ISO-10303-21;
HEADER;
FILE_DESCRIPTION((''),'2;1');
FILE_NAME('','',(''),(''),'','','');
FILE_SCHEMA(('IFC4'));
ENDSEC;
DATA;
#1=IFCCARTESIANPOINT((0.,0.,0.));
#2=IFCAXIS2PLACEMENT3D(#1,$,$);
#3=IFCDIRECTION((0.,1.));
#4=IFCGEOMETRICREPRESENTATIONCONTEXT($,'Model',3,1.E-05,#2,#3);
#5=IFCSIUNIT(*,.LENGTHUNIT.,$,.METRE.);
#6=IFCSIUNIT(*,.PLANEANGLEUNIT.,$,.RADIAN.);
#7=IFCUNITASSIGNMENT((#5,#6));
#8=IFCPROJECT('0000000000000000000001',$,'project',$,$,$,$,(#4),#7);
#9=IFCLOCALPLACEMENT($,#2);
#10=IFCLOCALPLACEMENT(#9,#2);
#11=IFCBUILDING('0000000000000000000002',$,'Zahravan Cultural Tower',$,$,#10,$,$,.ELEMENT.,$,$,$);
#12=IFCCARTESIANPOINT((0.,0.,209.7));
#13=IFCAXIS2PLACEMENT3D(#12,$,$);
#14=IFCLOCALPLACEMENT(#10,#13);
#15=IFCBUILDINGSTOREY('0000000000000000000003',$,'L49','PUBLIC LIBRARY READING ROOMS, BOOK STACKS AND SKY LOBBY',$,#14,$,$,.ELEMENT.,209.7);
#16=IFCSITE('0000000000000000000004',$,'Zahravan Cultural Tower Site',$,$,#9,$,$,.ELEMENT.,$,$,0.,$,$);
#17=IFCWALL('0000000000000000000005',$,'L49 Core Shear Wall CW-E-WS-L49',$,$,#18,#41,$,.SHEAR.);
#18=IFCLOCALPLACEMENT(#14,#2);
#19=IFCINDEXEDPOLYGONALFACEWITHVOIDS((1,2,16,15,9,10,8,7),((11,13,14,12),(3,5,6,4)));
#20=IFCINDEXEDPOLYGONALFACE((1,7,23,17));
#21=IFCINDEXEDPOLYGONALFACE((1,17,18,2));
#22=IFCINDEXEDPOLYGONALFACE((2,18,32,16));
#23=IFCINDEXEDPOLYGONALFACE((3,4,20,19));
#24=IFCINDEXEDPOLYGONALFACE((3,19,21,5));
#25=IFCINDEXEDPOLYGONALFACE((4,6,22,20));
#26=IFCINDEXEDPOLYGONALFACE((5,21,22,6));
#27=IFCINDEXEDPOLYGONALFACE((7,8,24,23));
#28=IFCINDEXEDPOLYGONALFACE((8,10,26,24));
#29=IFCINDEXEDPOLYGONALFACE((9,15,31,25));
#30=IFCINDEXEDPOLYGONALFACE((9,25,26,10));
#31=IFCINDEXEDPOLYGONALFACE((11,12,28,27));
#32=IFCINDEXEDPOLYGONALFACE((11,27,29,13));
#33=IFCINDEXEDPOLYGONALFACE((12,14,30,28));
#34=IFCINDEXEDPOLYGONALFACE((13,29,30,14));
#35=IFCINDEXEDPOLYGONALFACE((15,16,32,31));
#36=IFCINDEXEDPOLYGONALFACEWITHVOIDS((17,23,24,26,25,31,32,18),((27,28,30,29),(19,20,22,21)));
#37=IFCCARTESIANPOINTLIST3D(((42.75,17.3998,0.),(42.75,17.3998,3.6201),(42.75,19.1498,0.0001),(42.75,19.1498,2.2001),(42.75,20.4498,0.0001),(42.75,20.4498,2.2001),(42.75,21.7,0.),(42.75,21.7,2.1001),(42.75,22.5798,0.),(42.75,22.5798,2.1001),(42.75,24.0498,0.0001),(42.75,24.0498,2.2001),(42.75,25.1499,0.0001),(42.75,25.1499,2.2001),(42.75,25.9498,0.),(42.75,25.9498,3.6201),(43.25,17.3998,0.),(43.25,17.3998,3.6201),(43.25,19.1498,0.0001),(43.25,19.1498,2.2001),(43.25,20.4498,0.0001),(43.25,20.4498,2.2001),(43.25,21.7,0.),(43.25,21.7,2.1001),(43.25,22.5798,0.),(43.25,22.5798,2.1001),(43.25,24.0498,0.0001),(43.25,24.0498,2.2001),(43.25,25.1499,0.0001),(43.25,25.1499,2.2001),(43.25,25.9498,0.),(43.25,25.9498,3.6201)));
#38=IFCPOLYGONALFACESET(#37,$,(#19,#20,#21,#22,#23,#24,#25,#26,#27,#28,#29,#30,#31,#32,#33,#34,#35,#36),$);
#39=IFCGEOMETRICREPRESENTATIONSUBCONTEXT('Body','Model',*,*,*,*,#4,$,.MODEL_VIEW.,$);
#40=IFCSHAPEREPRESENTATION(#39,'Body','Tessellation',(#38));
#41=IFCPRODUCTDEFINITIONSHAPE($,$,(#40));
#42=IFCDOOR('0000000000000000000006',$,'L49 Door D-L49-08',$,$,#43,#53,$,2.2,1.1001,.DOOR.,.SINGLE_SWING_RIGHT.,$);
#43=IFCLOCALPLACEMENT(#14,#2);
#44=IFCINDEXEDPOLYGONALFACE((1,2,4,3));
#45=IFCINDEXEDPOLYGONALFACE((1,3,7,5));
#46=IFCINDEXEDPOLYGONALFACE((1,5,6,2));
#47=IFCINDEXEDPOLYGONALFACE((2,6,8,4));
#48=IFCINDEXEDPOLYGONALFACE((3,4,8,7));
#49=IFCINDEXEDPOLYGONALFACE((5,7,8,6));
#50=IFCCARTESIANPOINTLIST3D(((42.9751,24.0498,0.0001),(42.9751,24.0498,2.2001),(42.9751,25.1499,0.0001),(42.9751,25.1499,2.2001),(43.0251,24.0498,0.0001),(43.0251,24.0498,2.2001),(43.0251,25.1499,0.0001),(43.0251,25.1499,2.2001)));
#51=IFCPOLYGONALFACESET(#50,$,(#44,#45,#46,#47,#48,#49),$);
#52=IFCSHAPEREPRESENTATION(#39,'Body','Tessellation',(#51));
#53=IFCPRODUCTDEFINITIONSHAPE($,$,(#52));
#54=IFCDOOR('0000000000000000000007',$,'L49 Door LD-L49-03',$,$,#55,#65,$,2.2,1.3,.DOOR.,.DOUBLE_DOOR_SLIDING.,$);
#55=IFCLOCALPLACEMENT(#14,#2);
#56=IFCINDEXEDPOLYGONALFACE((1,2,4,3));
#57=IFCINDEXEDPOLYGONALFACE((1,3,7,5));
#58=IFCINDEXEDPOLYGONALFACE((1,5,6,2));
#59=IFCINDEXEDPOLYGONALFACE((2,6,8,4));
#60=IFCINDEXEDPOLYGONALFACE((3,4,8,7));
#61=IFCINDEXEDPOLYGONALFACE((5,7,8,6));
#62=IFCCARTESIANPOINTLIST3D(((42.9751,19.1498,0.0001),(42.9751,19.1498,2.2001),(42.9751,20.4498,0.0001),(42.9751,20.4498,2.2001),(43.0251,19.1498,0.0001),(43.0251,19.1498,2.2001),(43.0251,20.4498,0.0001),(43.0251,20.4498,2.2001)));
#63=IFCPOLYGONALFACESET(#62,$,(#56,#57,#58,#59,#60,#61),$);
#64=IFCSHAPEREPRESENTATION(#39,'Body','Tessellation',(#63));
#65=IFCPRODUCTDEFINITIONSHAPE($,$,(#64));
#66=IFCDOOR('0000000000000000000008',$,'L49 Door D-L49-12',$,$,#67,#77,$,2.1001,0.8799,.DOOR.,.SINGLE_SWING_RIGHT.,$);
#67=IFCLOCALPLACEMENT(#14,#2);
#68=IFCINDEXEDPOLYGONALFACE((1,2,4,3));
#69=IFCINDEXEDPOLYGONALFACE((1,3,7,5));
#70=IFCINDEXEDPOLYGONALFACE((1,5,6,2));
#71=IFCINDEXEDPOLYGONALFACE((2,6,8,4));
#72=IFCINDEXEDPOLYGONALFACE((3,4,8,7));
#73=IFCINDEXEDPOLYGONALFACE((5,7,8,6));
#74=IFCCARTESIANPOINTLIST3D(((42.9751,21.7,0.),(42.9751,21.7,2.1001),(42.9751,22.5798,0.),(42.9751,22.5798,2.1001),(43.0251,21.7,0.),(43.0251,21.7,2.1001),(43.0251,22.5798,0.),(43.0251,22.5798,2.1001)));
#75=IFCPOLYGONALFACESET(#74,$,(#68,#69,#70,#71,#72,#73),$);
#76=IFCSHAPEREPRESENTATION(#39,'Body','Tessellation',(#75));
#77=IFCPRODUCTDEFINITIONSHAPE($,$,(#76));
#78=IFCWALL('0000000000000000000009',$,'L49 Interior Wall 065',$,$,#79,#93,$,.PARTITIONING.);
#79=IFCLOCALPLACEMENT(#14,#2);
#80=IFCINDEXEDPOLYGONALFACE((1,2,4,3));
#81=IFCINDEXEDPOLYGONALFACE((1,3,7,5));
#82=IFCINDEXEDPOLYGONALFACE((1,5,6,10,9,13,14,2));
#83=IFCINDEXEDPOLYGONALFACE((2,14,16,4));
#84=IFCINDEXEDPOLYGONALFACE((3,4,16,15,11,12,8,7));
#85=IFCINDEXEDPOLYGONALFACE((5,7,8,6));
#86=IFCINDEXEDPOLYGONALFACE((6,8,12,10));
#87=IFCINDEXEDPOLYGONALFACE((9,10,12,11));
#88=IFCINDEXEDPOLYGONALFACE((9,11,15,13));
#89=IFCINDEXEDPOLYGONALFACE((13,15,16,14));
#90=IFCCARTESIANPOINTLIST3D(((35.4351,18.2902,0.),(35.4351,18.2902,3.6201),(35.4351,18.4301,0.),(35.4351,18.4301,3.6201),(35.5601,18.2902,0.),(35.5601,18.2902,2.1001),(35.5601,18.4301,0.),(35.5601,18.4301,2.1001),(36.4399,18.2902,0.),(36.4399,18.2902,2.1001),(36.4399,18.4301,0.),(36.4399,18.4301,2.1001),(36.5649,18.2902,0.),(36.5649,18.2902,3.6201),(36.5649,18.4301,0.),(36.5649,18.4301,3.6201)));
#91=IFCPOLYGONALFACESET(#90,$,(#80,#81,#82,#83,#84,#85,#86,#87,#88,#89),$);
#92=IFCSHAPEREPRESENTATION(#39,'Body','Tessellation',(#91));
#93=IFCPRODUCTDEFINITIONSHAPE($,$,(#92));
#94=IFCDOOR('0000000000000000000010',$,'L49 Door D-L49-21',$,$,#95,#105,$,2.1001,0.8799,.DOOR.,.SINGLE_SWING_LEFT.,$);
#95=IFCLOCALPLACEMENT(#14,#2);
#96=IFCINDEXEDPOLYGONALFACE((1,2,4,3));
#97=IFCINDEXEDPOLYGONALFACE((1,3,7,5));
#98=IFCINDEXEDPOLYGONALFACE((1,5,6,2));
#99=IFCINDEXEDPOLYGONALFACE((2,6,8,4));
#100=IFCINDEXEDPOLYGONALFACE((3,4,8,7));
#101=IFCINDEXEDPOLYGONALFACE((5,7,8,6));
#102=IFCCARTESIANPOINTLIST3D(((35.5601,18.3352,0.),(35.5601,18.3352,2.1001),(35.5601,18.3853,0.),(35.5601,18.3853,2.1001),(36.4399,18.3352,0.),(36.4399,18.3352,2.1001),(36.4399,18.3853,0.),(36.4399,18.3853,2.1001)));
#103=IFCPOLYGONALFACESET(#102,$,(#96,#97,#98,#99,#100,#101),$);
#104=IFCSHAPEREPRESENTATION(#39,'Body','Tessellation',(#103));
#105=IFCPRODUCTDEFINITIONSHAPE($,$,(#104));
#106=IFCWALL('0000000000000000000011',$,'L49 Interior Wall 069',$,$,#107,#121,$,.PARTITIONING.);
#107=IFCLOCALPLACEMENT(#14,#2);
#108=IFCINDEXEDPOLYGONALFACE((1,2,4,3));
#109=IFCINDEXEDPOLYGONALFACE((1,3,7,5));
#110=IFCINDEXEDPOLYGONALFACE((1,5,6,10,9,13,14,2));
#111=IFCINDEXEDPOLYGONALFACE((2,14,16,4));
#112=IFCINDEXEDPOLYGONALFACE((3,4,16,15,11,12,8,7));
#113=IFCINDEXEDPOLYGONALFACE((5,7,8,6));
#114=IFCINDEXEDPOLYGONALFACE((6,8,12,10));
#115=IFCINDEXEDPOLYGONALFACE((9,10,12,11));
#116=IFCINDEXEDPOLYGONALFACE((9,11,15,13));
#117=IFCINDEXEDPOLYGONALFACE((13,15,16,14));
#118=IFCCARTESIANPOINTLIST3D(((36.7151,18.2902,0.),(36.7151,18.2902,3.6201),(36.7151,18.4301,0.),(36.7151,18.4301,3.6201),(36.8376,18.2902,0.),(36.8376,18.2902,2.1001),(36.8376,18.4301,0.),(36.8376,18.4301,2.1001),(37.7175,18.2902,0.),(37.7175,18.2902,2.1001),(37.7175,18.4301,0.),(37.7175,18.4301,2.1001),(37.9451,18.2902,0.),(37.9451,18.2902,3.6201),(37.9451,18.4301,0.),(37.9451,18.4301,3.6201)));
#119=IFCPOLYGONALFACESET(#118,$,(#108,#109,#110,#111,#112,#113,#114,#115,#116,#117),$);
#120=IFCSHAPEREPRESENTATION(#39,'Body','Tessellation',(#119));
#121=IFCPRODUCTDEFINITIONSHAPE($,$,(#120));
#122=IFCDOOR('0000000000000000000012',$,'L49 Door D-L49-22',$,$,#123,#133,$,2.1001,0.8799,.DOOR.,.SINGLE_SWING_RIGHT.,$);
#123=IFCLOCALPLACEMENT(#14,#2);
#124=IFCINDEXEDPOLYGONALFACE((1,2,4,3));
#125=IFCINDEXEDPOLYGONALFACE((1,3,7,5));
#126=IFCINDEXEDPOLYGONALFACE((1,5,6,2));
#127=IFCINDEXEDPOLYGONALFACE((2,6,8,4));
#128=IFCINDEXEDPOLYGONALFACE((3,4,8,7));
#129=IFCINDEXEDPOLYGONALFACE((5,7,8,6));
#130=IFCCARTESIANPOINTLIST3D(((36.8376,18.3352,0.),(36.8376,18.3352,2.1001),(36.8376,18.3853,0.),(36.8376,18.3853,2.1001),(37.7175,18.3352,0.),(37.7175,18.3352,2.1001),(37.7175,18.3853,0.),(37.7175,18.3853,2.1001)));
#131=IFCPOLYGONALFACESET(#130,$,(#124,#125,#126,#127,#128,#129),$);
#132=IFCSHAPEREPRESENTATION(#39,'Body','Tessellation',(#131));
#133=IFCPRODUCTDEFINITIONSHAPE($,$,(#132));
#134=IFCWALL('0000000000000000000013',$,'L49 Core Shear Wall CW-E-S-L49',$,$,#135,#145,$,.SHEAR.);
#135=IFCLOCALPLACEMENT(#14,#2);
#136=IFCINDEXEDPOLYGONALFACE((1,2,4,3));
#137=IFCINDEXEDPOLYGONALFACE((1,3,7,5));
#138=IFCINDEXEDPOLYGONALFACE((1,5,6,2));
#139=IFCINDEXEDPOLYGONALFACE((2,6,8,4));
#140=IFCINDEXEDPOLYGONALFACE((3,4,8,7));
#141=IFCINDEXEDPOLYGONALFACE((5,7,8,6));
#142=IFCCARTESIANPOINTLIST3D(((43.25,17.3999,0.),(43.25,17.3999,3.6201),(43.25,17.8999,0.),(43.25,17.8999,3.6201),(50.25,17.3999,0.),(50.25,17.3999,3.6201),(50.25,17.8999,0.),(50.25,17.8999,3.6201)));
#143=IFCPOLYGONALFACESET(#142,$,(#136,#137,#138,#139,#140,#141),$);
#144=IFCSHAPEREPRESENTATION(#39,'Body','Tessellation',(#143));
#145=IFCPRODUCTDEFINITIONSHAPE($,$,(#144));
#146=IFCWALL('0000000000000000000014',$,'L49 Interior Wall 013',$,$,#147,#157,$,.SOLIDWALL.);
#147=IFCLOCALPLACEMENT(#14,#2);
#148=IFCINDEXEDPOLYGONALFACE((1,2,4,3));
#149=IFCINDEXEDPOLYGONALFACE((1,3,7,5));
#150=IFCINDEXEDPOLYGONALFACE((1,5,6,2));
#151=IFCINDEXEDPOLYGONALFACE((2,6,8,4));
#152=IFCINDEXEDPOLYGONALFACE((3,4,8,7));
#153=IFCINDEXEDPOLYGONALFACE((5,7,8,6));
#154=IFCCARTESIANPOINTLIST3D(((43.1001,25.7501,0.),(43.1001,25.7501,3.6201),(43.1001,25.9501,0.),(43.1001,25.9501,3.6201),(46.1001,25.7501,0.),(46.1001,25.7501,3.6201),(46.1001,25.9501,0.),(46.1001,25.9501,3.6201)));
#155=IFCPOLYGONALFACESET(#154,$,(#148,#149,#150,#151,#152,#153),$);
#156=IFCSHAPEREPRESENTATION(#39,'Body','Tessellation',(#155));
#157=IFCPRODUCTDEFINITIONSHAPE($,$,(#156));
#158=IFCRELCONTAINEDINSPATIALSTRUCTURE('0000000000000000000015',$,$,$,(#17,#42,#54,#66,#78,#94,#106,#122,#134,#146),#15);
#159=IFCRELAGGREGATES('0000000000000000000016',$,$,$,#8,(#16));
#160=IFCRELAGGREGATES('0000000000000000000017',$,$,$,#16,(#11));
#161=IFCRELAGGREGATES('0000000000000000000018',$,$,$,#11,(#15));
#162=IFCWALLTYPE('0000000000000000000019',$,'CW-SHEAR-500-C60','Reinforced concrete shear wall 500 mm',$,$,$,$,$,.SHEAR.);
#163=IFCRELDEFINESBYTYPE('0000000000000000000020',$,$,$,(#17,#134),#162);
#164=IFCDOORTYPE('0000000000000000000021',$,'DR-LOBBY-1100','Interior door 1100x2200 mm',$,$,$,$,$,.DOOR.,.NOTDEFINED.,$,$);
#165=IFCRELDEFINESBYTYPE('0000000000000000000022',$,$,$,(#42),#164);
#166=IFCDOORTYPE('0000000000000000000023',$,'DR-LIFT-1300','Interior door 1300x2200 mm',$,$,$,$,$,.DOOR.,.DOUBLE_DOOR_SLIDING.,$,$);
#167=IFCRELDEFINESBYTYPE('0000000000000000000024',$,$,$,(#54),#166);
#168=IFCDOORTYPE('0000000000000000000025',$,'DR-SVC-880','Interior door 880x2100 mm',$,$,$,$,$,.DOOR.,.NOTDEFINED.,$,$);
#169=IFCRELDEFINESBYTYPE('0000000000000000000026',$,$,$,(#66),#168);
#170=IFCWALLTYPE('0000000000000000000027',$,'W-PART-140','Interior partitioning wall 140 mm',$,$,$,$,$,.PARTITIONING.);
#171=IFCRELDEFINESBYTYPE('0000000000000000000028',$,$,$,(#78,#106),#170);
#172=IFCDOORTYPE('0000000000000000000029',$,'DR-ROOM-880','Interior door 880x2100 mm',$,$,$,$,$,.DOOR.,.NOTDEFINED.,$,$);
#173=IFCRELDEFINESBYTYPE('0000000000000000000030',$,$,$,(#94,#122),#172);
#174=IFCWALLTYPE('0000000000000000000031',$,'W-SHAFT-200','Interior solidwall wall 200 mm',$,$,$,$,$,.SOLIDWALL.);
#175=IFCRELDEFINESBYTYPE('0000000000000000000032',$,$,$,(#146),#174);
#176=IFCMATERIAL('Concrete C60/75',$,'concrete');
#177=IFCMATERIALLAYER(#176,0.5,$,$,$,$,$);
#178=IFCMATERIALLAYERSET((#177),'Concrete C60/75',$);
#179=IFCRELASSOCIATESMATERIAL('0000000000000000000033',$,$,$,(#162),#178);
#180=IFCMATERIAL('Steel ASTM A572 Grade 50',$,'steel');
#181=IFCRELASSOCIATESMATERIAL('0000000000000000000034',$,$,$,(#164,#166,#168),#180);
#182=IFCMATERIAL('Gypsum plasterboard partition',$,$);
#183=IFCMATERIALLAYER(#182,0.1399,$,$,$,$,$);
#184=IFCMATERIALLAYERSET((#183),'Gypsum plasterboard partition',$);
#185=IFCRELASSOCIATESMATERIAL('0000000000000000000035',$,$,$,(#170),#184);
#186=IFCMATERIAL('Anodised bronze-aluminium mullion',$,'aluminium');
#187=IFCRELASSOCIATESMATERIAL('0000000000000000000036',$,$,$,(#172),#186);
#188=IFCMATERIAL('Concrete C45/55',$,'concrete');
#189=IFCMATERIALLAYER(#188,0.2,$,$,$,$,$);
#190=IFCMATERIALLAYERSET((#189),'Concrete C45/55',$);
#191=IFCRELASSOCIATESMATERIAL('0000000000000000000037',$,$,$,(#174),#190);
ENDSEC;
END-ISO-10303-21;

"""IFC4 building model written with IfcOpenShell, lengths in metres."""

from ifc_helpers import new_model, si_unit, direction, frame, frame_2d, origin, place, context, subcontext, project, spatial, rectangle, extrude, source, transform, mapped, material, layer, layer_set, type_object, element, fill, save


model = new_model("IFC4")

# Units and contexts
model_context = context("Model", 3, precision=1e-05, world=origin(), true_north=direction((0.0, 1.0)))
body_context = subcontext(model_context, "Body", "Model", "MODEL_VIEW")
ifc_project = project(units=[si_unit("LENGTHUNIT", "METRE"), si_unit("PLANEANGLEUNIT", "RADIAN")], contexts=[model_context])

# Site, building, storey
site_placement = place(None, origin())
site = spatial("IfcSite", under=ifc_project, at=site_placement, Name="Zahravan Cultural Tower Site", CompositionType="ELEMENT", RefElevation=0.0)
building_placement = place(site_placement, origin())
building = spatial("IfcBuilding", under=site, at=building_placement, Name="Zahravan Cultural Tower", CompositionType="ELEMENT")
storey_placement = place(building_placement, frame((0.0, 0.0, 209.7)))
storey = spatial("IfcBuildingStorey", under=building, at=storey_placement, Name="L49", Description="PUBLIC LIBRARY READING ROOMS, BOOK STACKS AND SKY LOBBY", CompositionType="ELEMENT", Elevation=209.7)

# Wall, openings, doors
ifc_material_1 = material(Name="Concrete C60/75", Category="concrete")
ifc_layer_1 = layer(ifc_material_1, 0.5)
ifc_layer_set_1 = layer_set([ifc_layer_1], Name="Concrete C60/75")
wall_type_1 = type_object("IfcWallType", Name="CW-SHEAR-500-C60", Description="Reinforced concrete shear wall 500 mm", PredefinedType="SHEAR", material=ifc_layer_set_1)
wall_1_placement = place(storey_placement, frame((43.0, 17.3999, 0.0), z_axis=(0.0, 0.0, 1.0), x_axis=(0.0, 1.0, 0.0)))
wall_1 = element("IfcWall", 1, at=wall_1_placement, inside=storey, type_object=wall_type_1, Name="L49 Core Shear Wall CW-E-WS-L49", PredefinedType="SHEAR", context=body_context, shape_type="SweptSolid", body=[
    extrude(rectangle(XDim=8.55, YDim=0.5, at=frame_2d((4.2749, 0.0))), origin(), (0.0, 0.0, 1.0), 3.6201),
])
opening_1_placement = place(wall_1_placement, frame((6.6499, 0.0, 0.0)))
opening_1 = element("IfcOpeningElement", 2, at=opening_1_placement, cuts=wall_1, PredefinedType="OPENING", context=body_context, shape_type="SweptSolid", body=[
    extrude(rectangle(XDim=1.1001, YDim=2.2, at=frame_2d((0.55, 1.1001))), frame((0.0, 0.26, 0.0), z_axis=(0.0, -1.0, 0.0), x_axis=(1.0, 0.0, 0.0)), (0.0, 0.0, 1.0), 0.52),
])
opening_2_placement = place(wall_1_placement, frame((1.75, 0.0, 0.0)))
opening_2 = element("IfcOpeningElement", 3, at=opening_2_placement, cuts=wall_1, PredefinedType="OPENING", context=body_context, shape_type="SweptSolid", body=[
    extrude(rectangle(XDim=1.3, YDim=2.2, at=frame_2d((0.6499, 1.1001))), frame((0.0, 0.26, 0.0), z_axis=(0.0, -1.0, 0.0), x_axis=(1.0, 0.0, 0.0)), (0.0, 0.0, 1.0), 0.52),
])
opening_3_placement = place(wall_1_placement, frame((4.3, 0.0, 0.0)))
opening_3 = element("IfcOpeningElement", 4, at=opening_3_placement, cuts=wall_1, PredefinedType="OPENING", context=body_context, shape_type="SweptSolid", body=[
    extrude(rectangle(XDim=0.8799, YDim=2.1001, at=frame_2d((0.4399, 1.05))), frame((0.0, 0.26, 0.0), z_axis=(0.0, -1.0, 0.0), x_axis=(1.0, 0.0, 0.0)), (0.0, 0.0, 1.0), 0.52),
])
ifc_material_2 = material(Name="Steel ASTM A572 Grade 50", Category="steel")
door_type_1 = type_object("IfcDoorType", Name="DR-LOBBY-1100", Description="Interior door 1100x2200 mm", OperationType="NOTDEFINED", PredefinedType="DOOR", material=ifc_material_2)
shared_shape_1 = source(origin(), body_context, "Body", "SweptSolid", [
    extrude(rectangle(XDim=1.1001, YDim=2.2, at=frame_2d((0.55, 1.1001))), frame((0.0, 0.0249, 0.0), z_axis=(0.0, -1.0, 0.0), x_axis=(1.0, 0.0, 0.0)), (0.0, 0.0, 1.0), 0.05),
])
door_1_placement = place(opening_1_placement, origin())
door_1 = element("IfcDoor", 5, at=door_1_placement, inside=storey, type_object=door_type_1, Name="L49 Door D-L49-08", OperationType="SINGLE_SWING_RIGHT", OverallHeight=2.2, OverallWidth=1.1001, PredefinedType="DOOR", context=body_context, shape_type="MappedRepresentation", body=[
    mapped(shared_shape_1, transform((0.0, 0.0, 0.0), x_axis=(1.0, 0.0, 0.0), y_axis=(0.0, 1.0, 0.0), z_axis=(0.0, 0.0, 1.0), scale=1.0)),
])
fill(opening_1, door_1)
door_type_2 = type_object("IfcDoorType", Name="DR-LIFT-1300", Description="Interior door 1300x2200 mm", OperationType="DOUBLE_DOOR_SLIDING", PredefinedType="DOOR", material=ifc_material_2)
shared_shape_2 = source(origin(), body_context, "Body", "SweptSolid", [
    extrude(rectangle(XDim=1.3, YDim=2.2, at=frame_2d((0.6499, 1.1001))), frame((0.0, 0.0249, 0.0), z_axis=(0.0, -1.0, 0.0), x_axis=(1.0, 0.0, 0.0)), (0.0, 0.0, 1.0), 0.05),
])
door_2_placement = place(opening_2_placement, origin())
door_2 = element("IfcDoor", 6, at=door_2_placement, inside=storey, type_object=door_type_2, Name="L49 Door LD-L49-03", OperationType="DOUBLE_DOOR_SLIDING", OverallHeight=2.2, OverallWidth=1.3, PredefinedType="DOOR", context=body_context, shape_type="MappedRepresentation", body=[
    mapped(shared_shape_2, transform((0.0, 0.0, 0.0), x_axis=(1.0, 0.0, 0.0), y_axis=(0.0, 1.0, 0.0), z_axis=(0.0, 0.0, 1.0), scale=1.0)),
])
fill(opening_2, door_2)
door_type_3 = type_object("IfcDoorType", Name="DR-SVC-880", Description="Interior door 880x2100 mm", OperationType="NOTDEFINED", PredefinedType="DOOR", material=ifc_material_2)
shared_shape_3 = source(origin(), body_context, "Body", "SweptSolid", [
    extrude(rectangle(XDim=0.8799, YDim=2.1001, at=frame_2d((0.4399, 1.05))), frame((0.0, 0.0249, 0.0), z_axis=(0.0, -1.0, 0.0), x_axis=(1.0, 0.0, 0.0)), (0.0, 0.0, 1.0), 0.05),
])
door_3_placement = place(opening_3_placement, origin())
door_3 = element("IfcDoor", 7, at=door_3_placement, inside=storey, type_object=door_type_3, Name="L49 Door D-L49-12", OperationType="SINGLE_SWING_RIGHT", OverallHeight=2.1001, OverallWidth=0.8799, PredefinedType="DOOR", context=body_context, shape_type="MappedRepresentation", body=[
    mapped(shared_shape_3, transform((0.0, 0.0, 0.0), x_axis=(1.0, 0.0, 0.0), y_axis=(0.0, 1.0, 0.0), z_axis=(0.0, 0.0, 1.0), scale=1.0)),
])
fill(opening_3, door_3)

# Walls, openings, doors
ifc_material_3 = material(Name="Gypsum plasterboard partition")
ifc_layer_2 = layer(ifc_material_3, 0.1399)
ifc_layer_set_2 = layer_set([ifc_layer_2], Name="Gypsum plasterboard partition")
wall_type_2 = type_object("IfcWallType", Name="W-PART-140", Description="Interior partitioning wall 140 mm", PredefinedType="PARTITIONING", material=ifc_layer_set_2)
wall_2_placement = place(storey_placement, frame((36.5649, 18.3601, 0.0), z_axis=(0.0, 0.0, 1.0), x_axis=(-1.0, 0.0, 0.0)))
wall_2 = element("IfcWall", 8, at=wall_2_placement, inside=storey, type_object=wall_type_2, Name="L49 Interior Wall 065", PredefinedType="PARTITIONING", context=body_context, shape_type="SweptSolid", body=[
    extrude(rectangle(XDim=1.1299, YDim=0.1399, at=frame_2d((0.5649, 0.0))), origin(), (0.0, 0.0, 1.0), 3.6201),
])
opening_4_placement = place(wall_2_placement, frame((0.125, 0.0, 0.0)))
opening_4 = element("IfcOpeningElement", 9, at=opening_4_placement, cuts=wall_2, PredefinedType="OPENING", context=body_context, shape_type="SweptSolid", body=[
    extrude(rectangle(XDim=0.8799, YDim=2.1001, at=frame_2d((0.4399, 1.05))), frame((0.0, 0.0798, 0.0), z_axis=(0.0, -1.0, 0.0), x_axis=(1.0, 0.0, 0.0)), (0.0, 0.0, 1.0), 0.1599),
])
ifc_material_4 = material(Name="Anodised bronze-aluminium mullion", Category="aluminium")
door_type_4 = type_object("IfcDoorType", Name="DR-ROOM-880", Description="Interior door 880x2100 mm", OperationType="NOTDEFINED", PredefinedType="DOOR", material=ifc_material_4)
door_4_placement = place(opening_4_placement, origin())
door_4 = element("IfcDoor", 10, at=door_4_placement, inside=storey, type_object=door_type_4, Name="L49 Door D-L49-21", OperationType="SINGLE_SWING_LEFT", OverallHeight=2.1001, OverallWidth=0.8799, PredefinedType="DOOR", context=body_context, shape_type="MappedRepresentation", body=[
    mapped(shared_shape_3, transform((0.0, 0.0, 0.0), x_axis=(1.0, 0.0, 0.0), y_axis=(0.0, 1.0, 0.0), z_axis=(0.0, 0.0, 1.0), scale=1.0)),
])
fill(opening_4, door_4)
wall_3_placement = place(storey_placement, frame((37.9451, 18.3601, 0.0), z_axis=(0.0, 0.0, 1.0), x_axis=(-1.0, 0.0, 0.0)))
wall_3 = element("IfcWall", 11, at=wall_3_placement, inside=storey, type_object=wall_type_2, Name="L49 Interior Wall 069", PredefinedType="PARTITIONING", context=body_context, shape_type="SweptSolid", body=[
    extrude(rectangle(XDim=1.23, YDim=0.1399, at=frame_2d((0.615, 0.0))), origin(), (0.0, 0.0, 1.0), 3.6201),
])
opening_5_placement = place(wall_3_placement, frame((0.2275, 0.0, 0.0)))
opening_5 = element("IfcOpeningElement", 12, at=opening_5_placement, cuts=wall_3, PredefinedType="OPENING", context=body_context, shape_type="SweptSolid", body=[
    extrude(rectangle(XDim=0.8799, YDim=2.1001, at=frame_2d((0.4399, 1.05))), frame((0.0, 0.0798, 0.0), z_axis=(0.0, -1.0, 0.0), x_axis=(1.0, 0.0, 0.0)), (0.0, 0.0, 1.0), 0.1599),
])
door_5_placement = place(opening_5_placement, origin())
door_5 = element("IfcDoor", 13, at=door_5_placement, inside=storey, type_object=door_type_4, Name="L49 Door D-L49-22", OperationType="SINGLE_SWING_RIGHT", OverallHeight=2.1001, OverallWidth=0.8799, PredefinedType="DOOR", context=body_context, shape_type="MappedRepresentation", body=[
    mapped(shared_shape_3, transform((0.0, 0.0, 0.0), x_axis=(1.0, 0.0, 0.0), y_axis=(0.0, 1.0, 0.0), z_axis=(0.0, 0.0, 1.0), scale=1.0)),
])
fill(opening_5, door_5)
ifc_material_5 = material(Name="Concrete C45/55", Category="concrete")
ifc_layer_3 = layer(ifc_material_5, 0.2)
ifc_layer_set_3 = layer_set([ifc_layer_3], Name="Concrete C45/55")
wall_type_3 = type_object("IfcWallType", Name="W-SHAFT-200", Description="Interior solidwall wall 200 mm", PredefinedType="SOLIDWALL", material=ifc_layer_set_3)

# Walls
shared_shape_4 = source(origin(), body_context, "Body", "SweptSolid", [
    extrude(rectangle(XDim=7.0, YDim=0.5, at=frame_2d((3.5, 0.0))), origin(), (0.0, 0.0, 1.0), 3.6201),
])
wall_4_placement = place(storey_placement, frame((43.25, 17.6499, 0.0), z_axis=(0.0, 0.0, 1.0), x_axis=(1.0, 0.0, 0.0)))
element("IfcWall", 14, at=wall_4_placement, inside=storey, type_object=wall_type_1, Name="L49 Core Shear Wall CW-E-S-L49", PredefinedType="SHEAR", context=body_context, shape_type="MappedRepresentation", body=[
    mapped(shared_shape_4, transform((0.0, 0.0, 0.0), x_axis=(1.0, 0.0, 0.0), y_axis=(0.0, 1.0, 0.0), z_axis=(0.0, 0.0, 1.0), scale=1.0)),
])
shared_shape_5 = source(origin(), body_context, "Body", "SweptSolid", [
    extrude(rectangle(XDim=3.0, YDim=0.2, at=frame_2d((1.5, 0.0))), origin(), (0.0, 0.0, 1.0), 3.6201),
])
wall_5_placement = place(storey_placement, frame((43.1001, 25.8501, 0.0), z_axis=(0.0, 0.0, 1.0), x_axis=(1.0, 0.0, 0.0)))
element("IfcWall", 15, at=wall_5_placement, inside=storey, type_object=wall_type_3, Name="L49 Interior Wall 013", PredefinedType="SOLIDWALL", context=body_context, shape_type="MappedRepresentation", body=[
    mapped(shared_shape_5, transform((0.0, 0.0, 0.0), x_axis=(1.0, 0.0, 0.0), y_axis=(0.0, 1.0, 0.0), z_axis=(0.0, 0.0, 1.0), scale=1.0)),
])

save(model, "model.ifc")
